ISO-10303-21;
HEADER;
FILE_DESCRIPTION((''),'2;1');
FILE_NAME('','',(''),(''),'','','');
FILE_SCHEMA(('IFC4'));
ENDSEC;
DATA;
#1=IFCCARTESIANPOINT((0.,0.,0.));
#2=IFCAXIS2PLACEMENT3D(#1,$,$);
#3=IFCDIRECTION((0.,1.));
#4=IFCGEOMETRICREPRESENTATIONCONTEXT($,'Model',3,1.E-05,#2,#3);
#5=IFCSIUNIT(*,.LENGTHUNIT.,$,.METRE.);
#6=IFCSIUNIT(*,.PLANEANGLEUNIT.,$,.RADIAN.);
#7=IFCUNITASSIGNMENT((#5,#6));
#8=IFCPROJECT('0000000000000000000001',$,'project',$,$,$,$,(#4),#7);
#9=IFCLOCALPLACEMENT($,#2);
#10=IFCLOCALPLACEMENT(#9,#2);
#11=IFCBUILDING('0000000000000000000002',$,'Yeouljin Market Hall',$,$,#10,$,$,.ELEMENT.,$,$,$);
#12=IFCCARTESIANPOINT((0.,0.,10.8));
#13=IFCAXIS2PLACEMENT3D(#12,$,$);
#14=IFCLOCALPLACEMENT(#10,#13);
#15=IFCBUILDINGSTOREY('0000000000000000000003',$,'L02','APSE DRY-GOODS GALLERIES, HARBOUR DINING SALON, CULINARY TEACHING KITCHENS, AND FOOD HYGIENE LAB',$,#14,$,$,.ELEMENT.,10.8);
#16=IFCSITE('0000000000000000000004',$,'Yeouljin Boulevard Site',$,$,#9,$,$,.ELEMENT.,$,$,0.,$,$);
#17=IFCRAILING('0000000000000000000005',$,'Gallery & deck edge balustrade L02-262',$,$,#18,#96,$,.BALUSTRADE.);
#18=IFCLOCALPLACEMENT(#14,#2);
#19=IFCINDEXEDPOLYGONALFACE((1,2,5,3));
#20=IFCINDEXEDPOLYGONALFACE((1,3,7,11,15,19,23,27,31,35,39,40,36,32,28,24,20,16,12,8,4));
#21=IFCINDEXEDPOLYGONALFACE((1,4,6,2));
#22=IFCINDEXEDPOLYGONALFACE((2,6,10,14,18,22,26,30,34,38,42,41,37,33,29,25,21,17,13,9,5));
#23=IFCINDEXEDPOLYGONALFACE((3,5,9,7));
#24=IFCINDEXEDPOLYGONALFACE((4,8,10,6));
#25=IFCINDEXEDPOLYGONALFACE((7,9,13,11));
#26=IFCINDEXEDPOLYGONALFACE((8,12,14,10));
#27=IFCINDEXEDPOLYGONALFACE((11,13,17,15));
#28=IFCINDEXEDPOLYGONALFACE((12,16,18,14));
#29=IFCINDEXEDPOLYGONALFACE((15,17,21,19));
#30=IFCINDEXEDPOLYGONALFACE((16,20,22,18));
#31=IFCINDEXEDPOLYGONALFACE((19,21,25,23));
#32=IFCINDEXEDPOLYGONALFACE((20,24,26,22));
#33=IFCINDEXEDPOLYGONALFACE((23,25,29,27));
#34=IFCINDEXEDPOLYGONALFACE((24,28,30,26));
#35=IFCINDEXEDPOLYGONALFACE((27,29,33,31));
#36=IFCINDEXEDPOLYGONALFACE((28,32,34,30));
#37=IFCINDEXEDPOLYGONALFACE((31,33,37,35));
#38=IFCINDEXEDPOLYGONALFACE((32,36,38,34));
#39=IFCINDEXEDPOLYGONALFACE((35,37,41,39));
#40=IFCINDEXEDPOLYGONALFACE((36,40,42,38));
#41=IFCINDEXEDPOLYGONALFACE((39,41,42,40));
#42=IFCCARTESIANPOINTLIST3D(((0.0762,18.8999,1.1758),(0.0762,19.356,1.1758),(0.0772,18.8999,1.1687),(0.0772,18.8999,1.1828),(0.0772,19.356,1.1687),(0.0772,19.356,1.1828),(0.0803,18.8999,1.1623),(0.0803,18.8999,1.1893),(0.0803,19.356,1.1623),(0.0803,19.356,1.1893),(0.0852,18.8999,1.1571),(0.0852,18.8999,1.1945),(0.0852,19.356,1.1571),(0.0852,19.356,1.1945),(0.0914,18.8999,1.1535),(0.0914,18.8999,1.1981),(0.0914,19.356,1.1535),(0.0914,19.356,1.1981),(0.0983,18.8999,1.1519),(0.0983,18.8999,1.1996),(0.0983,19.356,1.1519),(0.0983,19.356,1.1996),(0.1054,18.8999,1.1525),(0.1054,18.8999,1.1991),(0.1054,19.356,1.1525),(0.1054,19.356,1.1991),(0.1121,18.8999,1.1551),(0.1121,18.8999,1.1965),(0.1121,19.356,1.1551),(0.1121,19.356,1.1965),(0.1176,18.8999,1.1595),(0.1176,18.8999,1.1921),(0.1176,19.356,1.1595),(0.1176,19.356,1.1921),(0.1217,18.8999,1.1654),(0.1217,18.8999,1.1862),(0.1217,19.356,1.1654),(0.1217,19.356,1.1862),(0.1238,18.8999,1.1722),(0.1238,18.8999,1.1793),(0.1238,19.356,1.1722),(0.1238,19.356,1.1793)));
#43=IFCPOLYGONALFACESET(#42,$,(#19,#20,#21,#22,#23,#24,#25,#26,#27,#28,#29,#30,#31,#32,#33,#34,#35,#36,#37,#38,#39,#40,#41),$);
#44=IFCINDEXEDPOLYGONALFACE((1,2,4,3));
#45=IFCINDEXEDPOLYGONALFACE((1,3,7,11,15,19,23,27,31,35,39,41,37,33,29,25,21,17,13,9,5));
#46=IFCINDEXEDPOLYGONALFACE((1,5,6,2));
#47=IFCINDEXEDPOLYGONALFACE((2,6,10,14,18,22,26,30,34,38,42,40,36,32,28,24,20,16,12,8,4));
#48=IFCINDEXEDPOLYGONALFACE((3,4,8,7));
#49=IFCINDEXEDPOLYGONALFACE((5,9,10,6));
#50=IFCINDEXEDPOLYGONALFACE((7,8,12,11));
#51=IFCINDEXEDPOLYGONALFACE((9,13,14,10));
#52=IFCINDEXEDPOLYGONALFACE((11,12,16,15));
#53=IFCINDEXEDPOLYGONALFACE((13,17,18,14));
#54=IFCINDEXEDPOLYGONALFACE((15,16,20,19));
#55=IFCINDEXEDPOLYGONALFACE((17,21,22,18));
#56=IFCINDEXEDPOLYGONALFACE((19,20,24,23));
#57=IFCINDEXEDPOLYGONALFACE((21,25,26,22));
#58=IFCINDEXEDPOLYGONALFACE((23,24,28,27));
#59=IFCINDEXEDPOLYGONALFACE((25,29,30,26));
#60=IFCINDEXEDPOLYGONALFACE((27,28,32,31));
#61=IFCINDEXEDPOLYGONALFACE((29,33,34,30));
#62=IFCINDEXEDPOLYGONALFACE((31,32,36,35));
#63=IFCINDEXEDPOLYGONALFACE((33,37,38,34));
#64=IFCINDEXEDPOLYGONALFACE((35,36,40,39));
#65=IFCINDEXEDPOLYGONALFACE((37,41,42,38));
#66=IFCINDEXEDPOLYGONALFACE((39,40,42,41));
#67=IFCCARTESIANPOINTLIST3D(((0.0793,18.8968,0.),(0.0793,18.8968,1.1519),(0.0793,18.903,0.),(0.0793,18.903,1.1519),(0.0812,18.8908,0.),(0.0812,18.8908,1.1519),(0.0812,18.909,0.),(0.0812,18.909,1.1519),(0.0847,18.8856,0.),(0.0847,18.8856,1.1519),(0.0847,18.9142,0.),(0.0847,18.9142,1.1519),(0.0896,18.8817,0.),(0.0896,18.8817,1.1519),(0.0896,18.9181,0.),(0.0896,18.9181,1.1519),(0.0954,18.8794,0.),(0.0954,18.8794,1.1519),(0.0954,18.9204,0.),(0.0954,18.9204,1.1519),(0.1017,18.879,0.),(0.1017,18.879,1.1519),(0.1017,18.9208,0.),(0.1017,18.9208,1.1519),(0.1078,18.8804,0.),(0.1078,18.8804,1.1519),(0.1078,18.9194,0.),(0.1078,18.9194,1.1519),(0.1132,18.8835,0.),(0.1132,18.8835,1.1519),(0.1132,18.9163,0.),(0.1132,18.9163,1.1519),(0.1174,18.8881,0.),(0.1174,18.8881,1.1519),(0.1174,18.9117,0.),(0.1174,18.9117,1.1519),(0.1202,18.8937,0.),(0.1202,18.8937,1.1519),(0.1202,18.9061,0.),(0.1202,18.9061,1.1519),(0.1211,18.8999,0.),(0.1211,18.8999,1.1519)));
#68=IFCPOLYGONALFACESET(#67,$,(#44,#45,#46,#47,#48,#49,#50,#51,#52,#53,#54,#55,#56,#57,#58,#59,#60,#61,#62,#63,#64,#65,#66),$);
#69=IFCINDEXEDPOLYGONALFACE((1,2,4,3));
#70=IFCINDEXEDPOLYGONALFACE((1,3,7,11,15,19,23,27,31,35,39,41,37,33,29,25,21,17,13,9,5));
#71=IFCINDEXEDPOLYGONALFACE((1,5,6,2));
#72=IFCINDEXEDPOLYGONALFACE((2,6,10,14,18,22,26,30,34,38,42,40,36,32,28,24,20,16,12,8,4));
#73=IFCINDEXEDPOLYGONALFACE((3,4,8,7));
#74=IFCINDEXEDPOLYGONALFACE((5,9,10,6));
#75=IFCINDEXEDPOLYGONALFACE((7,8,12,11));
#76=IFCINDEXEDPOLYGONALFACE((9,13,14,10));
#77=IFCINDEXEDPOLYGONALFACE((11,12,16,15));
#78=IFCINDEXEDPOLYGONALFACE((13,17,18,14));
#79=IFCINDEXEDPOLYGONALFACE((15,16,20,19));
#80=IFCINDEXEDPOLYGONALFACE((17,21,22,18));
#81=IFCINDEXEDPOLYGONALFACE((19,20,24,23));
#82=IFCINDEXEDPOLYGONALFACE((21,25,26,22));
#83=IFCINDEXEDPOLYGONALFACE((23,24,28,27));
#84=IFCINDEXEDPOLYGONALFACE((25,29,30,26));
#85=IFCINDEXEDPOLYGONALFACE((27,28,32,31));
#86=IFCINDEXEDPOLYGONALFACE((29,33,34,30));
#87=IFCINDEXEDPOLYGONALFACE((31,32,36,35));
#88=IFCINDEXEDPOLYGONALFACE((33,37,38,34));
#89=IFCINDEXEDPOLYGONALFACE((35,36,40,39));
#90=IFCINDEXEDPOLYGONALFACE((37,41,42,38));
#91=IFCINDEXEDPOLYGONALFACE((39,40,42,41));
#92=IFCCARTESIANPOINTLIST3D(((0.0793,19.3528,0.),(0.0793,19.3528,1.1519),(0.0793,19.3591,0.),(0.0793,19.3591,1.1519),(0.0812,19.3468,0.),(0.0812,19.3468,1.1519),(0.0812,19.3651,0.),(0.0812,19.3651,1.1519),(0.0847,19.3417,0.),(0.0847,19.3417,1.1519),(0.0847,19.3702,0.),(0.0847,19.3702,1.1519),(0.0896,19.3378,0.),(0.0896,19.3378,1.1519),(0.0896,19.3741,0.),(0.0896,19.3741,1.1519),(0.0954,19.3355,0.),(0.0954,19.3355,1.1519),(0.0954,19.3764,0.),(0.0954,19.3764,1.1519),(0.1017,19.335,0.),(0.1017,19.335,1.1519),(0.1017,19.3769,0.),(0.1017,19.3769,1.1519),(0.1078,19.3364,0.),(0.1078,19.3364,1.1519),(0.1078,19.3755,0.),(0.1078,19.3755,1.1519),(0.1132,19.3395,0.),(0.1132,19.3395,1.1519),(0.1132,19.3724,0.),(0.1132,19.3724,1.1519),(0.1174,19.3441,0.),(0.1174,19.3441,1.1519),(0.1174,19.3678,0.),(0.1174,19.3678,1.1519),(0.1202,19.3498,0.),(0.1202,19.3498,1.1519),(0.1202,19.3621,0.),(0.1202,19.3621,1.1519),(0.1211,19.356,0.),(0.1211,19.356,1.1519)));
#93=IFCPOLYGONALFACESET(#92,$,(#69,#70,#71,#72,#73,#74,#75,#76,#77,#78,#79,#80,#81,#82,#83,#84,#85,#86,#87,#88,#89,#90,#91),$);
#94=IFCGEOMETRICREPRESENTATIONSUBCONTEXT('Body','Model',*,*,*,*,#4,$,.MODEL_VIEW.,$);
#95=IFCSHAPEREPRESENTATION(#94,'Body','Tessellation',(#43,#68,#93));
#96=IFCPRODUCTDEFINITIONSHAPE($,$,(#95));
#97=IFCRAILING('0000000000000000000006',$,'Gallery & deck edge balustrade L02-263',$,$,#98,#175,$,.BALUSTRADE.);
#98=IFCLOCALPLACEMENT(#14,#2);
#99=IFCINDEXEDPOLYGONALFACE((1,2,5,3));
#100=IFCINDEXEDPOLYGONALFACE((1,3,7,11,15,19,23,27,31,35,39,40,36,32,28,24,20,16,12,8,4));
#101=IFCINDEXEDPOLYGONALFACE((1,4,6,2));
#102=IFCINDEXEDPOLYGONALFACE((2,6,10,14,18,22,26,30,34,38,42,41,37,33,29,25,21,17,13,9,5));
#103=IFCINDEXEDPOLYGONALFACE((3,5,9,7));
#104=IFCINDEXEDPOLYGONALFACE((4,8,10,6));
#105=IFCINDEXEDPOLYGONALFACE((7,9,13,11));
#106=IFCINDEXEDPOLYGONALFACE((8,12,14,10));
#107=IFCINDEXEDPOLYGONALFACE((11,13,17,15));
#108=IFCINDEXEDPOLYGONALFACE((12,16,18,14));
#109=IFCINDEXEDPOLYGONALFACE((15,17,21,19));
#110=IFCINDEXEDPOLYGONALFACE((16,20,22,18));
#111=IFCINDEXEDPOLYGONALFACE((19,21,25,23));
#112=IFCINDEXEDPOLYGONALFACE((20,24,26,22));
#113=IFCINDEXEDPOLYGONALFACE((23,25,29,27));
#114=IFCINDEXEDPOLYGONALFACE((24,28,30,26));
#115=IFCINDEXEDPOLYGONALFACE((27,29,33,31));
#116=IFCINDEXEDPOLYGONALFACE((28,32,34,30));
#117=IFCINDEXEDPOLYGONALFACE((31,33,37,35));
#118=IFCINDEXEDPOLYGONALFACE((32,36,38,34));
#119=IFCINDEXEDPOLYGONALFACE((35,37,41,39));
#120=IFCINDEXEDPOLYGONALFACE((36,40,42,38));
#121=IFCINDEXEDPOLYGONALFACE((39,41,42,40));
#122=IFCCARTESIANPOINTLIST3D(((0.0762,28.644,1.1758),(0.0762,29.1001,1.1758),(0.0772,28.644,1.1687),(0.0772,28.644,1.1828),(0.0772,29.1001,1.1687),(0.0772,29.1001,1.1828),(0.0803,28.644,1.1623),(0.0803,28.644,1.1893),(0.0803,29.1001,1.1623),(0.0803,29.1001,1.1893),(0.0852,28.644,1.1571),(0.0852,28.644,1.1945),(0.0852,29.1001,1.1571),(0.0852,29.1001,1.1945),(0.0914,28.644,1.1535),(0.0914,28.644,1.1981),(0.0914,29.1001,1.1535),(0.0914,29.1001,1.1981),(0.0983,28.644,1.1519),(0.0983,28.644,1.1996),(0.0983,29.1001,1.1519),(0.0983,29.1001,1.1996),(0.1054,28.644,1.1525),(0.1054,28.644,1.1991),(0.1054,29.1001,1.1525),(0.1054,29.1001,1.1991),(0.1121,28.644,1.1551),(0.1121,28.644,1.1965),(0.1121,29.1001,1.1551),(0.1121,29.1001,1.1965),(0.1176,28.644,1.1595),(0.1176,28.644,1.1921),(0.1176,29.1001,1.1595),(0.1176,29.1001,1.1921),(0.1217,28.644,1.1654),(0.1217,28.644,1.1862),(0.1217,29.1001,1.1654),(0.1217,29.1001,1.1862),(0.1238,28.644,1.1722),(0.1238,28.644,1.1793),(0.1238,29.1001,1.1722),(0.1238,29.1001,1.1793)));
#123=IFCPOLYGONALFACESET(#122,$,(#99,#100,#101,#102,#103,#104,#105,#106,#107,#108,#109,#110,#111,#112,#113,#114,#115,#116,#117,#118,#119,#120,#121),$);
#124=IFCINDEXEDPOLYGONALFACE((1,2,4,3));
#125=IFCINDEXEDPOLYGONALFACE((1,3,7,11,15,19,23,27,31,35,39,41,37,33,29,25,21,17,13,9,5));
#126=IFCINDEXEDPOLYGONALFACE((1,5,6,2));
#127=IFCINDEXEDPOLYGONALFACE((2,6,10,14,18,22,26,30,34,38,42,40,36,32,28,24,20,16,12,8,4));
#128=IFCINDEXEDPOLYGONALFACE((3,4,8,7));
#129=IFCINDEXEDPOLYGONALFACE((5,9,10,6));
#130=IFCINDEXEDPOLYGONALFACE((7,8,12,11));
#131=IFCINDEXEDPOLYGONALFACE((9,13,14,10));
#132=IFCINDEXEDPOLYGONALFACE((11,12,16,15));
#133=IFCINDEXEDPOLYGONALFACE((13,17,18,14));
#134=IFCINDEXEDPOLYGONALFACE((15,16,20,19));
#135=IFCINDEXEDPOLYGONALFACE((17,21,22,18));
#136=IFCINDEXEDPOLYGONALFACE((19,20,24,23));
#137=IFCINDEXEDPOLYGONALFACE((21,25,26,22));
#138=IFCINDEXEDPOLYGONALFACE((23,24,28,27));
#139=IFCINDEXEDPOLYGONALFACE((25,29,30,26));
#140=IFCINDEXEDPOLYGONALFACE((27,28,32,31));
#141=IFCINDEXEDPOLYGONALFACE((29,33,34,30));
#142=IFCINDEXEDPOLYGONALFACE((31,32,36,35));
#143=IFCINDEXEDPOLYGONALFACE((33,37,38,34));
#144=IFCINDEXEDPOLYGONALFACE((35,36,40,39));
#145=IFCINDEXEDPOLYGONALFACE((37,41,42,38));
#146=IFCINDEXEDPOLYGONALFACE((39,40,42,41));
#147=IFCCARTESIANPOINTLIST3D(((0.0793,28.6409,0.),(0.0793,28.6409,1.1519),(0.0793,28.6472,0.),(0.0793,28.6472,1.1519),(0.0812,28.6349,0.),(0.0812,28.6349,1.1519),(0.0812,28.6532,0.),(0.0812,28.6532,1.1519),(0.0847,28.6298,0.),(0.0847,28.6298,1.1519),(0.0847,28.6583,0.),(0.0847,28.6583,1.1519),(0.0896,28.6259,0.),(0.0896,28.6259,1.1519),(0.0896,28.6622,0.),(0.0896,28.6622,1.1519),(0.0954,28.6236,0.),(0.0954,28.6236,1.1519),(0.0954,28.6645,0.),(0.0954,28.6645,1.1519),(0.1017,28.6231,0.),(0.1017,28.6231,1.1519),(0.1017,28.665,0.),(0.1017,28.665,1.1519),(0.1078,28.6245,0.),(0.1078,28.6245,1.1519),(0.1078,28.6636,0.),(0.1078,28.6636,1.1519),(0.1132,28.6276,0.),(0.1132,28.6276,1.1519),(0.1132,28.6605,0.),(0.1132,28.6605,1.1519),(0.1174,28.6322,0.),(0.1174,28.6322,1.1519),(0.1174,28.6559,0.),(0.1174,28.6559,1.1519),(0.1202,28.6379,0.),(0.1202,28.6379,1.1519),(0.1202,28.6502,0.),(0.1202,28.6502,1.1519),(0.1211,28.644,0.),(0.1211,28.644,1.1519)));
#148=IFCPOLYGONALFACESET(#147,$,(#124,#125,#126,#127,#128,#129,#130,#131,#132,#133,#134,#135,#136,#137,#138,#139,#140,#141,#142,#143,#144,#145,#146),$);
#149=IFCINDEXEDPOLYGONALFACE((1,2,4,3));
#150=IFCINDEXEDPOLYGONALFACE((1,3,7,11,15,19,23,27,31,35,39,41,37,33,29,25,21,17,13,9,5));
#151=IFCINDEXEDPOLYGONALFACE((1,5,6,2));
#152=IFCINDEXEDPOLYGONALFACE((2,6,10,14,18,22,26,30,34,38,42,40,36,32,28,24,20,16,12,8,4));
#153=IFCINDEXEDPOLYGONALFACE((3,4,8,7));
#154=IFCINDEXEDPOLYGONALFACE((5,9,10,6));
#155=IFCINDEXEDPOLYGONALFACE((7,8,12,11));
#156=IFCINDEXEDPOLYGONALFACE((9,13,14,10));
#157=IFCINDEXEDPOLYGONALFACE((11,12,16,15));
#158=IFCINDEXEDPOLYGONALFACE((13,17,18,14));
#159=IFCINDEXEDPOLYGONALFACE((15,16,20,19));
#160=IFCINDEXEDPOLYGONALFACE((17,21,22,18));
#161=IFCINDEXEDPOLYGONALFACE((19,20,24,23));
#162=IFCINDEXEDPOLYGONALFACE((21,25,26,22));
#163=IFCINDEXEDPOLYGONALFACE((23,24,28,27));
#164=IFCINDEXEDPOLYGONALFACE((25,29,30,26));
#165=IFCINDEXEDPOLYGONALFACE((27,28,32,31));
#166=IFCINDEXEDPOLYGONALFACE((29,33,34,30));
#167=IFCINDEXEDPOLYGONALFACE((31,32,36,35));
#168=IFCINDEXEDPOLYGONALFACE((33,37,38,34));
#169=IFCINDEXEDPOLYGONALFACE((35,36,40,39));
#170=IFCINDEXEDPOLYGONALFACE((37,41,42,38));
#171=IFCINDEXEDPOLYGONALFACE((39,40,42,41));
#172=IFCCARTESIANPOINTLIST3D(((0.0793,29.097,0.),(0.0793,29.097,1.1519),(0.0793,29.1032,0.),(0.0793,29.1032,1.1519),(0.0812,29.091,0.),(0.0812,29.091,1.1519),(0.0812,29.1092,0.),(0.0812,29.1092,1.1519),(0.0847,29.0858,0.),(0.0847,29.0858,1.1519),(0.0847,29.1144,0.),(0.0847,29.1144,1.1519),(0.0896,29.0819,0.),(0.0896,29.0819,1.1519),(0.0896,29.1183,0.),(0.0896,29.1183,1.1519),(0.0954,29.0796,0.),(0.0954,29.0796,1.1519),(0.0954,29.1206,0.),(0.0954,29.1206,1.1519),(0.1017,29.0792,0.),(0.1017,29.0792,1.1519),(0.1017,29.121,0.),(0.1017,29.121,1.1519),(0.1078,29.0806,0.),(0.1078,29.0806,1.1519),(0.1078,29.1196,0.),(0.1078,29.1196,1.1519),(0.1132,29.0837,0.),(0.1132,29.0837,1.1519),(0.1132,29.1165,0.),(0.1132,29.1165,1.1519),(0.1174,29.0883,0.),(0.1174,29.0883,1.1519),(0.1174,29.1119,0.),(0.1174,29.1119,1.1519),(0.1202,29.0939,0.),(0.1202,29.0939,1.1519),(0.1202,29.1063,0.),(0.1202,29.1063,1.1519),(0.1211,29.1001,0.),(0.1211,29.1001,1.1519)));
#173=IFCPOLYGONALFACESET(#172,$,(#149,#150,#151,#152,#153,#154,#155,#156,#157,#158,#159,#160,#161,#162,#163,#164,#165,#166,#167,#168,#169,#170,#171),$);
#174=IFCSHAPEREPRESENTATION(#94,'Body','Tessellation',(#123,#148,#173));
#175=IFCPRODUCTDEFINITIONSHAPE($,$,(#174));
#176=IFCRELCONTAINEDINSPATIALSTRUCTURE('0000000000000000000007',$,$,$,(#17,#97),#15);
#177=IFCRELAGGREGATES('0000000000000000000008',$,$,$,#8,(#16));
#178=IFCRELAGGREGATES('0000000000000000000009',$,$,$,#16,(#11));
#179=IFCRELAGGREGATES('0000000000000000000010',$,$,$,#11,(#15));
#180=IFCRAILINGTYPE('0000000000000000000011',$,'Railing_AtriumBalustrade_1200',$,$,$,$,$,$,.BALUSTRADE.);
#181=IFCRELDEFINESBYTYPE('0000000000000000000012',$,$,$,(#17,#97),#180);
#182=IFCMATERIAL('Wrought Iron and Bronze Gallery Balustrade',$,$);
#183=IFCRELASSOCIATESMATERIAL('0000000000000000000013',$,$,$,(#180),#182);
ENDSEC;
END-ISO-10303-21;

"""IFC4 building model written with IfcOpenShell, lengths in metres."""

from ifc_helpers import new_model, si_unit, direction, frame, origin, origin_2d, place, context, subcontext, project, spatial, circle, extrude, material, type_object, element, save


model = new_model("IFC4")

# Units and contexts
model_context = context("Model", 3, precision=1e-05, world=origin(), true_north=direction((0.0, 1.0)))
body_context = subcontext(model_context, "Body", "Model", "MODEL_VIEW")
ifc_project = project(units=[si_unit("LENGTHUNIT", "METRE"), si_unit("PLANEANGLEUNIT", "RADIAN")], contexts=[model_context])

# Site, building, storey
site_placement = place(None, origin())
site = spatial("IfcSite", under=ifc_project, at=site_placement, Name="Yeouljin Boulevard Site", CompositionType="ELEMENT", RefElevation=0.0)
building_placement = place(site_placement, origin())
building = spatial("IfcBuilding", under=site, at=building_placement, Name="Yeouljin Market Hall", CompositionType="ELEMENT")
storey_placement = place(building_placement, frame((0.0, 0.0, 10.8)))
storey = spatial("IfcBuildingStorey", under=building, at=storey_placement, Name="L02", Description="APSE DRY-GOODS GALLERIES, HARBOUR DINING SALON, CULINARY TEACHING KITCHENS, AND FOOD HYGIENE LAB", CompositionType="ELEMENT", Elevation=10.8)

# Railings
ifc_material_1 = material(Name="Wrought Iron and Bronze Gallery Balustrade")
railing_type = type_object("IfcRailingType", Name="Railing_AtriumBalustrade_1200", PredefinedType="BALUSTRADE", material=ifc_material_1)
for number, where, name in (
    (1, (0.1001, 18.8999, 0.0), "Gallery & deck edge balustrade L02-262"),
    (2, (0.1001, 28.644, 0.0), "Gallery & deck edge balustrade L02-263"),
):
    element("IfcRailing", number, at=place(storey_placement, frame(where)), inside=storey, type_object=railing_type, Name=name, PredefinedType="BALUSTRADE", context=body_context, shape_type="SweptSolid", body=[
        extrude(circle(Radius=0.0239, at=origin_2d()), frame((0.0, 0.0, 1.1758), z_axis=(0.0, 1.0, 0.0), x_axis=(-1.0, 0.0, 0.0)), (0.0, 0.0, 1.0), 0.4561),
        extrude(circle(Radius=0.021, at=origin_2d()), origin(), (0.0, 0.0, 1.0), 1.1519),
        extrude(circle(Radius=0.021, at=origin_2d()), frame((0.0, 0.4561, 0.0)), (0.0, 0.0, 1.0), 1.1519),
    ])

save(model, "model.ifc")
